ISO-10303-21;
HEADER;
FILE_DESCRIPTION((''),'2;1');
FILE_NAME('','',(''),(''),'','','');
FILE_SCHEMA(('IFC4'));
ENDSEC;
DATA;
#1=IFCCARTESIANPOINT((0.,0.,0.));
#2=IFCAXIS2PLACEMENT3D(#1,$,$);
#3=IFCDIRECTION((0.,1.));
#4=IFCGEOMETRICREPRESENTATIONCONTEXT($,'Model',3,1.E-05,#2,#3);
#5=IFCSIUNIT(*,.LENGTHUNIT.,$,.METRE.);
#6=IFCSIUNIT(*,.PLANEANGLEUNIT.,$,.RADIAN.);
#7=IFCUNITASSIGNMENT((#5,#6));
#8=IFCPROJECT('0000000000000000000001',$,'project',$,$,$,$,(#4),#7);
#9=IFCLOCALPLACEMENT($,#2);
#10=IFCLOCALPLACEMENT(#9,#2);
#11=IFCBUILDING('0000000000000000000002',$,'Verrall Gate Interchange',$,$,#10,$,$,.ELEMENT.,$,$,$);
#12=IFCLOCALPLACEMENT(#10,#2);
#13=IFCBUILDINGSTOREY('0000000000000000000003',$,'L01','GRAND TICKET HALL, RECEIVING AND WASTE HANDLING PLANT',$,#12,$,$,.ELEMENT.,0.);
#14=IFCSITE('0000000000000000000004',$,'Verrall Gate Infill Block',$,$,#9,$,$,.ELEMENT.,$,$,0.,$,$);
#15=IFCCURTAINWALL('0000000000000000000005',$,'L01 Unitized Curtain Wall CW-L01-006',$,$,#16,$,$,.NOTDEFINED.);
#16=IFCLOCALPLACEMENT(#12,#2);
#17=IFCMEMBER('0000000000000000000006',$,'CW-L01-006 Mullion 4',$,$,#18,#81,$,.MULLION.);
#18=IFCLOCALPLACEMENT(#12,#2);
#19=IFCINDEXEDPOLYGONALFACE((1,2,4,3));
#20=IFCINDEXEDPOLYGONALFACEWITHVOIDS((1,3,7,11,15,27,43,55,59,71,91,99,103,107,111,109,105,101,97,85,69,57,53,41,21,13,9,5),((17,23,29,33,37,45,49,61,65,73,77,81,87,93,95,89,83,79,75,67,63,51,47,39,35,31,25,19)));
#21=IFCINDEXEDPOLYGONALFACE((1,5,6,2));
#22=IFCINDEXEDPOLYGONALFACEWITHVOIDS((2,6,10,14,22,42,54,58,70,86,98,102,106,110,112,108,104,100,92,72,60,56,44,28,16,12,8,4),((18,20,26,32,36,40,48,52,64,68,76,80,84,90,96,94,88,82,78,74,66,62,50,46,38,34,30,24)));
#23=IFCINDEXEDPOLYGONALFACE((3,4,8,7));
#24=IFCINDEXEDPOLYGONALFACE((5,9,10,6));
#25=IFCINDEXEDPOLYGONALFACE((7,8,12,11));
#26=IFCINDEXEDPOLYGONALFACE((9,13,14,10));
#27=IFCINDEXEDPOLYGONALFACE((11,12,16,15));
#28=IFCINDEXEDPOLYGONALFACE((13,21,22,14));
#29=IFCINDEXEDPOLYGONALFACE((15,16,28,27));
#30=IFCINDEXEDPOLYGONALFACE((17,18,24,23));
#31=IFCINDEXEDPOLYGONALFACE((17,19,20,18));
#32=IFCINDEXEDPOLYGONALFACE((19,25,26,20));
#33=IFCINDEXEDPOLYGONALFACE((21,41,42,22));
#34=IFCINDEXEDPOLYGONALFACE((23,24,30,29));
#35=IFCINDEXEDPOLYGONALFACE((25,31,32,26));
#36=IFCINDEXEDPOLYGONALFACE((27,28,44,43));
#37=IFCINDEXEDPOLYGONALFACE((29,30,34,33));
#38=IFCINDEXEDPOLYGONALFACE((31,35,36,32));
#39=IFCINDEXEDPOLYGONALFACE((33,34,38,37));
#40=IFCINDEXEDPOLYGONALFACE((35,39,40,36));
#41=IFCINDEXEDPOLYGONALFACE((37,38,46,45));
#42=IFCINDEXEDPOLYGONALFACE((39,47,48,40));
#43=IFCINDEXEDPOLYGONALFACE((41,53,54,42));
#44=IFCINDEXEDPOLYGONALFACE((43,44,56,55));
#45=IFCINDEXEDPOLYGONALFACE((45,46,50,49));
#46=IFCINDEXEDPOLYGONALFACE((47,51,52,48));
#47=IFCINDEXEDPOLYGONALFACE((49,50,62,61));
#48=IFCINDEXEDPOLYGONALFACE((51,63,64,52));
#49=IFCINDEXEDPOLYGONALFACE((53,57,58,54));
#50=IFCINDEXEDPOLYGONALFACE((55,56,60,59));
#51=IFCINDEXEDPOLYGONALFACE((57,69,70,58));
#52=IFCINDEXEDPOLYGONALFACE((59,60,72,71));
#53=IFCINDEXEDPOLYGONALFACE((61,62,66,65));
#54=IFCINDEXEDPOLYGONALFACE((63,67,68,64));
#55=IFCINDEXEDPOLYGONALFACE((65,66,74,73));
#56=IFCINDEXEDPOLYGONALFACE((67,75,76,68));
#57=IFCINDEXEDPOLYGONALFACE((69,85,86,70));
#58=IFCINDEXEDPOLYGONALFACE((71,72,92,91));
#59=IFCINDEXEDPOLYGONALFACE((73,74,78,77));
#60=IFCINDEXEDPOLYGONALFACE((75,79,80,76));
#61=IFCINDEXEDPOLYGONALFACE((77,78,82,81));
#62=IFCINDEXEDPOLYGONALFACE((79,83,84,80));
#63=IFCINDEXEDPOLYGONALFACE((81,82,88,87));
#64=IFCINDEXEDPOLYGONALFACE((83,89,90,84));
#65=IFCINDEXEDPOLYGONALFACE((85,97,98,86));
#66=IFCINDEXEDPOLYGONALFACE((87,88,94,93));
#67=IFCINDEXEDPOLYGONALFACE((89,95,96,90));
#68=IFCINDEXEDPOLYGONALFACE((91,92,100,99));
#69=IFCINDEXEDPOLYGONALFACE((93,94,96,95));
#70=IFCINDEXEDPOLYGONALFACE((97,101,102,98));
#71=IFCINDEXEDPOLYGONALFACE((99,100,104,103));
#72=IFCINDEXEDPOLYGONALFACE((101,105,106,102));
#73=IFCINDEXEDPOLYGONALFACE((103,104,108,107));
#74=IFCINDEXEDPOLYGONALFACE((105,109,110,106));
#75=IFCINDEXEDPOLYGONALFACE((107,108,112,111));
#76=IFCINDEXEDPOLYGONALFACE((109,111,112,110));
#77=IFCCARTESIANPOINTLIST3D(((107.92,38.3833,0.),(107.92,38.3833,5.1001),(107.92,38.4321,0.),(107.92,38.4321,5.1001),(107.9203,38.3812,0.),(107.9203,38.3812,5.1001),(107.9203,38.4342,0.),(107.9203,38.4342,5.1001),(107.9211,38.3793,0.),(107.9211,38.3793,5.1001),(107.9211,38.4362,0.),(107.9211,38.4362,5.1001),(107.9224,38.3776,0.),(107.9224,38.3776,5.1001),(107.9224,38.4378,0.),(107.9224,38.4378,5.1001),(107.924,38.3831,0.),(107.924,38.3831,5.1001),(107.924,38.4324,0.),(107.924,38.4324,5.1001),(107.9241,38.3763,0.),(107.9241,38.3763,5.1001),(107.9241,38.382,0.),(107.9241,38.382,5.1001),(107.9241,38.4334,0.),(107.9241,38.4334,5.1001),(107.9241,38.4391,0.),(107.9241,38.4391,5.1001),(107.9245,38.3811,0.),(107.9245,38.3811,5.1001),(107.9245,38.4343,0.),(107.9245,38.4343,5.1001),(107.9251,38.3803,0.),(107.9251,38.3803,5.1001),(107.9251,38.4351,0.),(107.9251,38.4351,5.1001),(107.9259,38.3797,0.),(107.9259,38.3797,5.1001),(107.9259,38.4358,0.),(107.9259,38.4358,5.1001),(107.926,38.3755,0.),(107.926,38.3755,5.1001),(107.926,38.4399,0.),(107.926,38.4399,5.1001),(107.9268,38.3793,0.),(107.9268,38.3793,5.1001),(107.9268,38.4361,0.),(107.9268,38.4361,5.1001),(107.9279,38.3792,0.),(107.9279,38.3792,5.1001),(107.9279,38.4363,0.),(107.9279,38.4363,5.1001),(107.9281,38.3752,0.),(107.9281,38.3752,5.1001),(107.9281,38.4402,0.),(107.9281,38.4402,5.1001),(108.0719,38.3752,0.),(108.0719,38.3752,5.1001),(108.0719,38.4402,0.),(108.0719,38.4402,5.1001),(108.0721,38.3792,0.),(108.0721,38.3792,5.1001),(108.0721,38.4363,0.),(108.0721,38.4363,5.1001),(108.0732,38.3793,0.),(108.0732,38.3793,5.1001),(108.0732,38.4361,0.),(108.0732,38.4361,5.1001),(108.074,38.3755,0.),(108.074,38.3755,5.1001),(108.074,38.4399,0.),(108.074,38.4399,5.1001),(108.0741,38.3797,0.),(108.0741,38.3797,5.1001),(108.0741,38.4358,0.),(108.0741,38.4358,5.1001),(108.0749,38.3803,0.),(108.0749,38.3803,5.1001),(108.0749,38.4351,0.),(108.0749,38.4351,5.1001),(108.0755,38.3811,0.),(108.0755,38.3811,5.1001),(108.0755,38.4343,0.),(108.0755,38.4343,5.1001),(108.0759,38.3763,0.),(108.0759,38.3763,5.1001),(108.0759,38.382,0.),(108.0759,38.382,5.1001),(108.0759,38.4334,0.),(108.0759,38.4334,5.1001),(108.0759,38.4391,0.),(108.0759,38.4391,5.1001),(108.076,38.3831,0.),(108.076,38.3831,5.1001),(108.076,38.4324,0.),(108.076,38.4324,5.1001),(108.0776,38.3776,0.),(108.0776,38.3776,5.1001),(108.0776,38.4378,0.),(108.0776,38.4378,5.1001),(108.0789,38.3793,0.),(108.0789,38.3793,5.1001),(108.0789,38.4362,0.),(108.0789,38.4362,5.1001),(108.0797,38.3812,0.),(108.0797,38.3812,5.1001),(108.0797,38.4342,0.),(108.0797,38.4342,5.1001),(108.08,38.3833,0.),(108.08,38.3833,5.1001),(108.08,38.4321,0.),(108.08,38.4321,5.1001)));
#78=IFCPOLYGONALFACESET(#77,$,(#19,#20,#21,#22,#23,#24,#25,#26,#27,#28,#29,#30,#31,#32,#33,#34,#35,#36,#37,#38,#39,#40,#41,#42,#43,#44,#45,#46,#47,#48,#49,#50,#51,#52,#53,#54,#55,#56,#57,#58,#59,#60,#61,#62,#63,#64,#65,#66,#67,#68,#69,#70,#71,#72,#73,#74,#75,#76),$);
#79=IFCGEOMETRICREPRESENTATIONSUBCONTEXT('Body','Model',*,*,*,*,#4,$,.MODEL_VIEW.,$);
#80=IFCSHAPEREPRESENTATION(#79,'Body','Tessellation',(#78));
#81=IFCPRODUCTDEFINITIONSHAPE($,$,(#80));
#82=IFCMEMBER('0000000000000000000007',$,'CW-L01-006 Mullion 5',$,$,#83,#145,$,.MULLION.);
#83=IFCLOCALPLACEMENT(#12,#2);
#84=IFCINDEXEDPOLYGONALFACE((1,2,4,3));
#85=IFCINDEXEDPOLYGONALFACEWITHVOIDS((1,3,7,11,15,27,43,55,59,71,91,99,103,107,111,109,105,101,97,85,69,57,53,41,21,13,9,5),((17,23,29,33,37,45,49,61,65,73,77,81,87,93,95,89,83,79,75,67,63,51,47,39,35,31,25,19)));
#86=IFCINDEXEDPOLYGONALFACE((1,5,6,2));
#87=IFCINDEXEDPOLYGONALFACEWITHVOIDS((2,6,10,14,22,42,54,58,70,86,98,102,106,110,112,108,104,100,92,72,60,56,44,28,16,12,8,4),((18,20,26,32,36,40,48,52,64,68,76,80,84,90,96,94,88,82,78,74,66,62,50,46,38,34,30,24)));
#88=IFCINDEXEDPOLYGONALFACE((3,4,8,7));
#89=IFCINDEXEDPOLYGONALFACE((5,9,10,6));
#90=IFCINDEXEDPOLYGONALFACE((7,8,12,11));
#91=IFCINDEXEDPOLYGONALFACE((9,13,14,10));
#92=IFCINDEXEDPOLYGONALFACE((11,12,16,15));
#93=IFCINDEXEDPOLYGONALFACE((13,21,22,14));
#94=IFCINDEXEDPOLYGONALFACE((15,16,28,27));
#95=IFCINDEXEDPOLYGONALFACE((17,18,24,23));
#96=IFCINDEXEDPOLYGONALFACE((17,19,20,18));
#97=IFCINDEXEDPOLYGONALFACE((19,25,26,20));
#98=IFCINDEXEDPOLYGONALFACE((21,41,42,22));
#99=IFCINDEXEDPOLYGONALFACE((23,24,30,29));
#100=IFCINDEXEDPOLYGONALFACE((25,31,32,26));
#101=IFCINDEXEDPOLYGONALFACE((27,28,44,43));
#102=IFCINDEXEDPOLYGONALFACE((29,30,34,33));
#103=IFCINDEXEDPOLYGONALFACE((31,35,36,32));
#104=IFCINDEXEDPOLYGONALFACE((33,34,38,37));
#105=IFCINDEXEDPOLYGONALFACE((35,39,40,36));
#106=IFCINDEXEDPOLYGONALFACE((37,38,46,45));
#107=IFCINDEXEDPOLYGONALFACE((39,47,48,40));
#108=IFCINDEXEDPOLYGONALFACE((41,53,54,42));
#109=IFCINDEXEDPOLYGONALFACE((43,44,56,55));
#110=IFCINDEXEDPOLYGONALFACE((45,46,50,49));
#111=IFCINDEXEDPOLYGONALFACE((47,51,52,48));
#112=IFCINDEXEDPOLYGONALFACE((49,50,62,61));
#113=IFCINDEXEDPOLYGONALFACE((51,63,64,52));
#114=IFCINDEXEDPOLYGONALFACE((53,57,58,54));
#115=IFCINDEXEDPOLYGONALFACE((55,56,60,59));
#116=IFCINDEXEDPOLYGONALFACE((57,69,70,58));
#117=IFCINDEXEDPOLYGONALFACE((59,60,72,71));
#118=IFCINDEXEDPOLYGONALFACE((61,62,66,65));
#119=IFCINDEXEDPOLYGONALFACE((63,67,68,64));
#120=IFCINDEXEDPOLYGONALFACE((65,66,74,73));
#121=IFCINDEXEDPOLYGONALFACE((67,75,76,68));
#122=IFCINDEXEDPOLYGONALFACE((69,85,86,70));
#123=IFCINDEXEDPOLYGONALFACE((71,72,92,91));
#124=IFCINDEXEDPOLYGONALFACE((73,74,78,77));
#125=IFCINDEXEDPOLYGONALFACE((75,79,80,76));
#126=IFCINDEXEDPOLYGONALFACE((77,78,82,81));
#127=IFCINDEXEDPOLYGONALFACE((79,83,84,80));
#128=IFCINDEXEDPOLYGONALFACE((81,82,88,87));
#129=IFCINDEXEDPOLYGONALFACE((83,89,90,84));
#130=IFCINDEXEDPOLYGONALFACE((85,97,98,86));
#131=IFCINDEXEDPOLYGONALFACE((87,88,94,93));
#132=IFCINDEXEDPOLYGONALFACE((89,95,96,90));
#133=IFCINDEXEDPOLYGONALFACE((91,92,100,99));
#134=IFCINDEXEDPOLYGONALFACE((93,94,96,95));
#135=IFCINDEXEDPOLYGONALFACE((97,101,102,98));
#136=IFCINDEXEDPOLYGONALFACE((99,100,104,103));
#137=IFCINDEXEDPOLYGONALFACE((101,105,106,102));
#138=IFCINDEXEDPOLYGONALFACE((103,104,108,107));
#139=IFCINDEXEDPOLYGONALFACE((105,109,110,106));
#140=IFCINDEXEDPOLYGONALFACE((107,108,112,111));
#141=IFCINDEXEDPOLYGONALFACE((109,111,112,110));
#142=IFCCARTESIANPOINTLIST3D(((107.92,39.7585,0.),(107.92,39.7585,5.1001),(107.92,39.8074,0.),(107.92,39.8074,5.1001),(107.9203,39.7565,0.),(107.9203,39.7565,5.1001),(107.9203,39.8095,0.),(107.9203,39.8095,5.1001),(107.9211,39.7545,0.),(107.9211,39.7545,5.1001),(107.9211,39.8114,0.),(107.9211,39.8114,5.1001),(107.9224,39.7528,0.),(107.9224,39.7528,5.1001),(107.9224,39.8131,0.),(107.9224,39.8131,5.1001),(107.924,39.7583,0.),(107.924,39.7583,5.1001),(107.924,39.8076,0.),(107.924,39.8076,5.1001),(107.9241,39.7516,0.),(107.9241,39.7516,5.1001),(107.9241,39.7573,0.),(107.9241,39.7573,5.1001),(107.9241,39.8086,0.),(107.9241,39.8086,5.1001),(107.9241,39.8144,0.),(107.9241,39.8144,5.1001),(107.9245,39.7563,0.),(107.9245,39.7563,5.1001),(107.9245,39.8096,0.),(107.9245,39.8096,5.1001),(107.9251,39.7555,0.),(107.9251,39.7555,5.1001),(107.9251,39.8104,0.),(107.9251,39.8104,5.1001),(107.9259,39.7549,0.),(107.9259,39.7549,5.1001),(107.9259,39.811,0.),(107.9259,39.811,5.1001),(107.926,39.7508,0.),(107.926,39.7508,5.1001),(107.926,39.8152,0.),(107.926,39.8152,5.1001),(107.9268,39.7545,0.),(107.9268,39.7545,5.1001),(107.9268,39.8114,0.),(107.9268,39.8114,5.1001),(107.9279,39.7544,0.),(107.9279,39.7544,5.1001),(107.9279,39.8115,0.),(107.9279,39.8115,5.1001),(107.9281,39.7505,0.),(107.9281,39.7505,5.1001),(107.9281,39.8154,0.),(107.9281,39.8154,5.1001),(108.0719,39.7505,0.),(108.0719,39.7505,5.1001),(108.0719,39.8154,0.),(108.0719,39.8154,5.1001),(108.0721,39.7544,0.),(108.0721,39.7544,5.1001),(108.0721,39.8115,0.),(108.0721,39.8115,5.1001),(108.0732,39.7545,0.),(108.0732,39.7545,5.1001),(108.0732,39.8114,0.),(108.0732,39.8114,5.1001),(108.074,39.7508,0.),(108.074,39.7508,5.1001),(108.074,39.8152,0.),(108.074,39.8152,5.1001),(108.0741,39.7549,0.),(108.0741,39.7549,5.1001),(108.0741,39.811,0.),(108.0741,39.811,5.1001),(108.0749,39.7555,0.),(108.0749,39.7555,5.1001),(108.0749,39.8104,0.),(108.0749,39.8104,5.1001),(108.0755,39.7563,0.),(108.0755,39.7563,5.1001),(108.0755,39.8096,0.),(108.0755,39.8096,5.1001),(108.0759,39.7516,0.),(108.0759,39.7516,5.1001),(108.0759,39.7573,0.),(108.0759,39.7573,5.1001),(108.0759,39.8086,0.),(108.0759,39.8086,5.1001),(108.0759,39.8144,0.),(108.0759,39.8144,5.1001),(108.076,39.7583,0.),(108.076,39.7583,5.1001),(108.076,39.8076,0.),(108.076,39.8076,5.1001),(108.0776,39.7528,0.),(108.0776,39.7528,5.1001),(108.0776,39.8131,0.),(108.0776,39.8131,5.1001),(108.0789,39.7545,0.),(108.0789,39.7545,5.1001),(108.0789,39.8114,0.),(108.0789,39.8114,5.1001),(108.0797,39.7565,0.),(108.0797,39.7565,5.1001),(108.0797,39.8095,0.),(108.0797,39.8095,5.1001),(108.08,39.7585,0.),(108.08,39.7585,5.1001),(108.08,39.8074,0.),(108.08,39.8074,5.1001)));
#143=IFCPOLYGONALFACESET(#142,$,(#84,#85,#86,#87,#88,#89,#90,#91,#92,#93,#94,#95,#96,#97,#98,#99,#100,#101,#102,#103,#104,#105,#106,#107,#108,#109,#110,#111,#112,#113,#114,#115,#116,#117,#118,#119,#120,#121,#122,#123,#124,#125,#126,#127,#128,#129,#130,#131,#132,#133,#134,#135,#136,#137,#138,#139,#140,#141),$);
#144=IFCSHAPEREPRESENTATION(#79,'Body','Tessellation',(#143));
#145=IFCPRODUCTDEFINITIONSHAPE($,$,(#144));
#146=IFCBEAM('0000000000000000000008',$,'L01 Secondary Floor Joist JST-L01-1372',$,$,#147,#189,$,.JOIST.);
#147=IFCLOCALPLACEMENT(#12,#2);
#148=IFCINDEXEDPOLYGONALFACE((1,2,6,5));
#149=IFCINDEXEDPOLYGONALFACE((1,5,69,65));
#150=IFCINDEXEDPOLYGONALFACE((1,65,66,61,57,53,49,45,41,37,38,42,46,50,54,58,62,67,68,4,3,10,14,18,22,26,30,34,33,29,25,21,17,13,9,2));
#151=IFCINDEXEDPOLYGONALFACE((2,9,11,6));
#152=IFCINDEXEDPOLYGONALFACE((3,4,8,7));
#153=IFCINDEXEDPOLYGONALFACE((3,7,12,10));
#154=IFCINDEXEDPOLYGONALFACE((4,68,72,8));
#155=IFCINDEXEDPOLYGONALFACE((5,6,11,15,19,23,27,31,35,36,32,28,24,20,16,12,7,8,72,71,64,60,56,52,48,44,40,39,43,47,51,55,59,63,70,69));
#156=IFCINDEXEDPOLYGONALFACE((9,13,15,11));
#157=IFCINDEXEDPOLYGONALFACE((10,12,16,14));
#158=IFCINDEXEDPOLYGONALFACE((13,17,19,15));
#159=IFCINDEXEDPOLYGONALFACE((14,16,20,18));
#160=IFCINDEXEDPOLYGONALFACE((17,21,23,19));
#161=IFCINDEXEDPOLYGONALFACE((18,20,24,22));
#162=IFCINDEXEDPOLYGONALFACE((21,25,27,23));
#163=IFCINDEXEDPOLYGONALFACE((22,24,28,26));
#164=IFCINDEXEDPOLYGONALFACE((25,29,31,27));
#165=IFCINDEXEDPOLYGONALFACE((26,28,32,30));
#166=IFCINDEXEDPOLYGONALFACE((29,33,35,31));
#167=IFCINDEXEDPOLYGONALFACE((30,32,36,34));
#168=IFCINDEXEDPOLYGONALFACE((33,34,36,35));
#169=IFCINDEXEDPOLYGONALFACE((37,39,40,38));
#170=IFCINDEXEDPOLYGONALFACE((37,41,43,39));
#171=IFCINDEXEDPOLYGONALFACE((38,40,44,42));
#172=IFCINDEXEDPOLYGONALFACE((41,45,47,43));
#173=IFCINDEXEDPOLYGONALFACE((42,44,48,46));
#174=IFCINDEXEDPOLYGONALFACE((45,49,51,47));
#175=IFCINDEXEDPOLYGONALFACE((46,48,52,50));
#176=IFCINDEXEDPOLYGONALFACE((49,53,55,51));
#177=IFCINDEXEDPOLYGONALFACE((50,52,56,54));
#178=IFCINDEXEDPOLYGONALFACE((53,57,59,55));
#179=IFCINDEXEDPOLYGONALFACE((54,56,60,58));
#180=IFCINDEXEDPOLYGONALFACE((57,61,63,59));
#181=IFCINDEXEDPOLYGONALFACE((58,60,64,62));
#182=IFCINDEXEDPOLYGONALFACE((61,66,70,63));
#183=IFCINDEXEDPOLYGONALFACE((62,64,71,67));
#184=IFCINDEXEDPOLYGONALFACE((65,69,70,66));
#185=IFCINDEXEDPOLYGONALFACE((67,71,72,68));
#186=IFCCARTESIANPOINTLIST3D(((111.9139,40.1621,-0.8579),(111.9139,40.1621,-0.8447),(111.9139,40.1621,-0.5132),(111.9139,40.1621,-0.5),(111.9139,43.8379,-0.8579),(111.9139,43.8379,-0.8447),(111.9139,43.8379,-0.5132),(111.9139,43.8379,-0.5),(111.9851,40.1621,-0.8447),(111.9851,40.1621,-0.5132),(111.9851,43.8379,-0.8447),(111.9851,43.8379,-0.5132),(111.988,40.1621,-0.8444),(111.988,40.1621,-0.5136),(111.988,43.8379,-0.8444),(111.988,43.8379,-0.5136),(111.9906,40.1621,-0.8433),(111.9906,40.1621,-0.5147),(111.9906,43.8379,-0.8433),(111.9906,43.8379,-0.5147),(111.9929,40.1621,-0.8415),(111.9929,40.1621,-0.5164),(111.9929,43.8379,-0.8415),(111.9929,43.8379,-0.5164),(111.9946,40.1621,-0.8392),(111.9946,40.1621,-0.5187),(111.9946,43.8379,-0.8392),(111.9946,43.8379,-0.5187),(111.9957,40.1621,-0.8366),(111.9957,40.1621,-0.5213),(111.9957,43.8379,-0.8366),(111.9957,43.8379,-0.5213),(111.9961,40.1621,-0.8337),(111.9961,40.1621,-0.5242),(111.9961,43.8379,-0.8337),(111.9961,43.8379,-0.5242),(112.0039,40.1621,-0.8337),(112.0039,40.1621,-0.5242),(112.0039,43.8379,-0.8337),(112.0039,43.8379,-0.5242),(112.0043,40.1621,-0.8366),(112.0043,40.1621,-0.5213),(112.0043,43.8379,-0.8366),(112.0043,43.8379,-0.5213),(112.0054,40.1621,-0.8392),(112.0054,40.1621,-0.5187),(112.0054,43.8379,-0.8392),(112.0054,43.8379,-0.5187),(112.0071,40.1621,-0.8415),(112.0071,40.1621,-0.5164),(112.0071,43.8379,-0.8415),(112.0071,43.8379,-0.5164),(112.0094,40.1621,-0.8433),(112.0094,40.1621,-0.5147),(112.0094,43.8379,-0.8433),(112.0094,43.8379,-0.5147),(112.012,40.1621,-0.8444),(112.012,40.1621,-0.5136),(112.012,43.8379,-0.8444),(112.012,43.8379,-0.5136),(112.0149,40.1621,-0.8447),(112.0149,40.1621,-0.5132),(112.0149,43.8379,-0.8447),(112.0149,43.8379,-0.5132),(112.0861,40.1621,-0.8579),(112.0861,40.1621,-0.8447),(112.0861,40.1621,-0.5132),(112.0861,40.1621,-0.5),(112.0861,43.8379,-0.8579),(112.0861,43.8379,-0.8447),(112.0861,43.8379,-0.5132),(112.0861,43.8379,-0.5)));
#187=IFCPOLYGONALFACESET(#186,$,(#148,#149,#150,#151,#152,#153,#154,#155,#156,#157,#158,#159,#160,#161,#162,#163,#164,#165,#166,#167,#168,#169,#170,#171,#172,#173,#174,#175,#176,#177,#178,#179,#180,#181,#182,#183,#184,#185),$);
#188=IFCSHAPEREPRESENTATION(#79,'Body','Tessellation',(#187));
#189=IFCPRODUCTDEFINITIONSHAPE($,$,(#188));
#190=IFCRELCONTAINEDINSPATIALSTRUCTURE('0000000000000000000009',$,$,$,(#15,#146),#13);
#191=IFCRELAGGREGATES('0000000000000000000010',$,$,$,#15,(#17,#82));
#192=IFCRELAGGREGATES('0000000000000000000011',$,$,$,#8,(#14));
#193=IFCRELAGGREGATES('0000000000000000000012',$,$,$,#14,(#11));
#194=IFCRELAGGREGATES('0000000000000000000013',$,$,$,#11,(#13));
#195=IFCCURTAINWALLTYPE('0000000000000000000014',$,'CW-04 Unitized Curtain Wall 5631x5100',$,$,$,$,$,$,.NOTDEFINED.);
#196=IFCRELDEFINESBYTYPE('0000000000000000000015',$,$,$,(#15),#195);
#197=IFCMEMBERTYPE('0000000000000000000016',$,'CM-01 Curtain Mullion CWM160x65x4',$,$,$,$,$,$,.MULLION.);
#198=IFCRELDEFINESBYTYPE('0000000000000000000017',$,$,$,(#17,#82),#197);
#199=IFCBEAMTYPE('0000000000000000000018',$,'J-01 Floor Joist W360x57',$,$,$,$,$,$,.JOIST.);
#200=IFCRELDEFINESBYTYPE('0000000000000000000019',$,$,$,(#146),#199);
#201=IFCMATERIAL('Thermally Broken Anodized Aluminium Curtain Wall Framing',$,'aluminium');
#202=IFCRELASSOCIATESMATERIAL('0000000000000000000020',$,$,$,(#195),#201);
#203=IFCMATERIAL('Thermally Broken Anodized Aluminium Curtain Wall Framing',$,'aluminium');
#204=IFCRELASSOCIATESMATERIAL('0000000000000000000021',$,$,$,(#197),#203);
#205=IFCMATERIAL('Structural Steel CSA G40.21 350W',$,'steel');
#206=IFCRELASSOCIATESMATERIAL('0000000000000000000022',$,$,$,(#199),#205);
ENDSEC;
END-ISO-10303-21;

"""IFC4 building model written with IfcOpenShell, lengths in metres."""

from ifc_helpers import new_model, si_unit, direction, frame, origin, origin_2d, place, context, subcontext, project, spatial, hollow_rectangle, i_section, extrude, material, material_profile, profile_set, type_object, element, aggregate, save


model = new_model("IFC4")

# Units and contexts
model_context = context("Model", 3, precision=1e-05, world=origin(), true_north=direction((0.0, 1.0)))
body_context = subcontext(model_context, "Body", "Model", "MODEL_VIEW")
ifc_project = project(units=[si_unit("LENGTHUNIT", "METRE"), si_unit("PLANEANGLEUNIT", "RADIAN")], contexts=[model_context])

# Site, building, storey
site_placement = place(None, origin())
site = spatial("IfcSite", under=ifc_project, at=site_placement, Name="Verrall Gate Infill Block", CompositionType="ELEMENT", RefElevation=0.0)
building_placement = place(site_placement, origin())
building = spatial("IfcBuilding", under=site, at=building_placement, Name="Verrall Gate Interchange", CompositionType="ELEMENT")
storey_placement = place(building_placement, origin())
storey = spatial("IfcBuildingStorey", under=building, at=storey_placement, Name="L01", Description="GRAND TICKET HALL, RECEIVING AND WASTE HANDLING PLANT", CompositionType="ELEMENT", Elevation=0.0)

# Curtain wall, members
ifc_material_1 = material(Name="Thermally Broken Anodized Aluminium Curtain Wall Framing", Category="aluminium")
curtain_wall_type = type_object("IfcCurtainWallType", Name="CW-04 Unitized Curtain Wall 5631x5100", PredefinedType="NOTDEFINED", material=ifc_material_1)
curtain_wall_placement = place(storey_placement, origin())
curtain_wall = element("IfcCurtainWall", 1, at=curtain_wall_placement, inside=storey, type_object=curtain_wall_type, Name="L01 Unitized Curtain Wall CW-L01-006", PredefinedType="NOTDEFINED")
ifc_material_2 = material(Name="Thermally Broken Anodized Aluminium Curtain Wall Framing", Category="aluminium")
ifc_material_profile_1 = material_profile(ifc_material_2, hollow_rectangle(XDim=0.0649, YDim=0.1599, WallThickness=0.0039, InnerFilletRadius=0.0039, OuterFilletRadius=0.0081, at=origin_2d()), Name="CWM160x65x4")
ifc_profile_set_1 = profile_set([ifc_material_profile_1], Name="Thermally Broken Anodized Aluminium Curtain Wall Framing")
member_type = type_object("IfcMemberType", Name="CM-01 Curtain Mullion CWM160x65x4", PredefinedType="MULLION", material=ifc_profile_set_1)
member_1_placement = place(storey_placement, frame((108.0, 38.4077, 0.0), z_axis=(0.0, 0.0, 1.0), x_axis=(0.0, 1.0, 0.0)))
member_1 = element("IfcMember", 2, at=member_1_placement, type_object=member_type, Name="CW-L01-006 Mullion 4", PredefinedType="MULLION", context=body_context, shape_type="SweptSolid", body=[
    extrude(hollow_rectangle(XDim=0.0649, YDim=0.1599, WallThickness=0.0039, InnerFilletRadius=0.0039, OuterFilletRadius=0.0081, at=origin_2d()), origin(), (0.0, 0.0, 1.0), 5.1001),
])
member_2_placement = place(storey_placement, frame((108.0, 39.783, 0.0), z_axis=(0.0, 0.0, 1.0), x_axis=(0.0, 1.0, 0.0)))
member_2 = element("IfcMember", 3, at=member_2_placement, type_object=member_type, Name="CW-L01-006 Mullion 5", PredefinedType="MULLION", context=body_context, shape_type="SweptSolid", body=[
    extrude(hollow_rectangle(XDim=0.0649, YDim=0.1599, WallThickness=0.0039, InnerFilletRadius=0.0039, OuterFilletRadius=0.0081, at=origin_2d()), origin(), (0.0, 0.0, 1.0), 5.1001),
])

# Beam
ifc_material_3 = material(Name="Structural Steel CSA G40.21 350W", Category="steel")
ifc_material_profile_2 = material_profile(ifc_material_3, i_section(OverallWidth=0.1721, OverallDepth=0.3579, WebThickness=0.0078, FlangeThickness=0.0132, FilletRadius=0.011, at=origin_2d()), Name="W360x57")
ifc_profile_set_2 = profile_set([ifc_material_profile_2], Name="Structural Steel CSA G40.21 350W")
beam_type_1 = type_object("IfcBeamType", Name="J-01 Floor Joist W360x57", PredefinedType="JOIST", material=ifc_profile_set_2)
beam_1_placement = place(storey_placement, frame((112.0, 40.1621, -0.679), z_axis=(0.0, 1.0, 0.0), x_axis=(-1.0, 0.0, 0.0)))
element("IfcBeam", 4, at=beam_1_placement, inside=storey, type_object=beam_type_1, Name="L01 Secondary Floor Joist JST-L01-1372", PredefinedType="JOIST", context=body_context, shape_type="SweptSolid", body=[
    extrude(i_section(OverallWidth=0.1721, OverallDepth=0.3579, WebThickness=0.0078, FlangeThickness=0.0132, FilletRadius=0.011, at=origin_2d()), origin(), (0.0, 0.0, 1.0), 3.6758),
])

aggregate(curtain_wall, [member_1, member_2])

save(model, "model.ifc")
